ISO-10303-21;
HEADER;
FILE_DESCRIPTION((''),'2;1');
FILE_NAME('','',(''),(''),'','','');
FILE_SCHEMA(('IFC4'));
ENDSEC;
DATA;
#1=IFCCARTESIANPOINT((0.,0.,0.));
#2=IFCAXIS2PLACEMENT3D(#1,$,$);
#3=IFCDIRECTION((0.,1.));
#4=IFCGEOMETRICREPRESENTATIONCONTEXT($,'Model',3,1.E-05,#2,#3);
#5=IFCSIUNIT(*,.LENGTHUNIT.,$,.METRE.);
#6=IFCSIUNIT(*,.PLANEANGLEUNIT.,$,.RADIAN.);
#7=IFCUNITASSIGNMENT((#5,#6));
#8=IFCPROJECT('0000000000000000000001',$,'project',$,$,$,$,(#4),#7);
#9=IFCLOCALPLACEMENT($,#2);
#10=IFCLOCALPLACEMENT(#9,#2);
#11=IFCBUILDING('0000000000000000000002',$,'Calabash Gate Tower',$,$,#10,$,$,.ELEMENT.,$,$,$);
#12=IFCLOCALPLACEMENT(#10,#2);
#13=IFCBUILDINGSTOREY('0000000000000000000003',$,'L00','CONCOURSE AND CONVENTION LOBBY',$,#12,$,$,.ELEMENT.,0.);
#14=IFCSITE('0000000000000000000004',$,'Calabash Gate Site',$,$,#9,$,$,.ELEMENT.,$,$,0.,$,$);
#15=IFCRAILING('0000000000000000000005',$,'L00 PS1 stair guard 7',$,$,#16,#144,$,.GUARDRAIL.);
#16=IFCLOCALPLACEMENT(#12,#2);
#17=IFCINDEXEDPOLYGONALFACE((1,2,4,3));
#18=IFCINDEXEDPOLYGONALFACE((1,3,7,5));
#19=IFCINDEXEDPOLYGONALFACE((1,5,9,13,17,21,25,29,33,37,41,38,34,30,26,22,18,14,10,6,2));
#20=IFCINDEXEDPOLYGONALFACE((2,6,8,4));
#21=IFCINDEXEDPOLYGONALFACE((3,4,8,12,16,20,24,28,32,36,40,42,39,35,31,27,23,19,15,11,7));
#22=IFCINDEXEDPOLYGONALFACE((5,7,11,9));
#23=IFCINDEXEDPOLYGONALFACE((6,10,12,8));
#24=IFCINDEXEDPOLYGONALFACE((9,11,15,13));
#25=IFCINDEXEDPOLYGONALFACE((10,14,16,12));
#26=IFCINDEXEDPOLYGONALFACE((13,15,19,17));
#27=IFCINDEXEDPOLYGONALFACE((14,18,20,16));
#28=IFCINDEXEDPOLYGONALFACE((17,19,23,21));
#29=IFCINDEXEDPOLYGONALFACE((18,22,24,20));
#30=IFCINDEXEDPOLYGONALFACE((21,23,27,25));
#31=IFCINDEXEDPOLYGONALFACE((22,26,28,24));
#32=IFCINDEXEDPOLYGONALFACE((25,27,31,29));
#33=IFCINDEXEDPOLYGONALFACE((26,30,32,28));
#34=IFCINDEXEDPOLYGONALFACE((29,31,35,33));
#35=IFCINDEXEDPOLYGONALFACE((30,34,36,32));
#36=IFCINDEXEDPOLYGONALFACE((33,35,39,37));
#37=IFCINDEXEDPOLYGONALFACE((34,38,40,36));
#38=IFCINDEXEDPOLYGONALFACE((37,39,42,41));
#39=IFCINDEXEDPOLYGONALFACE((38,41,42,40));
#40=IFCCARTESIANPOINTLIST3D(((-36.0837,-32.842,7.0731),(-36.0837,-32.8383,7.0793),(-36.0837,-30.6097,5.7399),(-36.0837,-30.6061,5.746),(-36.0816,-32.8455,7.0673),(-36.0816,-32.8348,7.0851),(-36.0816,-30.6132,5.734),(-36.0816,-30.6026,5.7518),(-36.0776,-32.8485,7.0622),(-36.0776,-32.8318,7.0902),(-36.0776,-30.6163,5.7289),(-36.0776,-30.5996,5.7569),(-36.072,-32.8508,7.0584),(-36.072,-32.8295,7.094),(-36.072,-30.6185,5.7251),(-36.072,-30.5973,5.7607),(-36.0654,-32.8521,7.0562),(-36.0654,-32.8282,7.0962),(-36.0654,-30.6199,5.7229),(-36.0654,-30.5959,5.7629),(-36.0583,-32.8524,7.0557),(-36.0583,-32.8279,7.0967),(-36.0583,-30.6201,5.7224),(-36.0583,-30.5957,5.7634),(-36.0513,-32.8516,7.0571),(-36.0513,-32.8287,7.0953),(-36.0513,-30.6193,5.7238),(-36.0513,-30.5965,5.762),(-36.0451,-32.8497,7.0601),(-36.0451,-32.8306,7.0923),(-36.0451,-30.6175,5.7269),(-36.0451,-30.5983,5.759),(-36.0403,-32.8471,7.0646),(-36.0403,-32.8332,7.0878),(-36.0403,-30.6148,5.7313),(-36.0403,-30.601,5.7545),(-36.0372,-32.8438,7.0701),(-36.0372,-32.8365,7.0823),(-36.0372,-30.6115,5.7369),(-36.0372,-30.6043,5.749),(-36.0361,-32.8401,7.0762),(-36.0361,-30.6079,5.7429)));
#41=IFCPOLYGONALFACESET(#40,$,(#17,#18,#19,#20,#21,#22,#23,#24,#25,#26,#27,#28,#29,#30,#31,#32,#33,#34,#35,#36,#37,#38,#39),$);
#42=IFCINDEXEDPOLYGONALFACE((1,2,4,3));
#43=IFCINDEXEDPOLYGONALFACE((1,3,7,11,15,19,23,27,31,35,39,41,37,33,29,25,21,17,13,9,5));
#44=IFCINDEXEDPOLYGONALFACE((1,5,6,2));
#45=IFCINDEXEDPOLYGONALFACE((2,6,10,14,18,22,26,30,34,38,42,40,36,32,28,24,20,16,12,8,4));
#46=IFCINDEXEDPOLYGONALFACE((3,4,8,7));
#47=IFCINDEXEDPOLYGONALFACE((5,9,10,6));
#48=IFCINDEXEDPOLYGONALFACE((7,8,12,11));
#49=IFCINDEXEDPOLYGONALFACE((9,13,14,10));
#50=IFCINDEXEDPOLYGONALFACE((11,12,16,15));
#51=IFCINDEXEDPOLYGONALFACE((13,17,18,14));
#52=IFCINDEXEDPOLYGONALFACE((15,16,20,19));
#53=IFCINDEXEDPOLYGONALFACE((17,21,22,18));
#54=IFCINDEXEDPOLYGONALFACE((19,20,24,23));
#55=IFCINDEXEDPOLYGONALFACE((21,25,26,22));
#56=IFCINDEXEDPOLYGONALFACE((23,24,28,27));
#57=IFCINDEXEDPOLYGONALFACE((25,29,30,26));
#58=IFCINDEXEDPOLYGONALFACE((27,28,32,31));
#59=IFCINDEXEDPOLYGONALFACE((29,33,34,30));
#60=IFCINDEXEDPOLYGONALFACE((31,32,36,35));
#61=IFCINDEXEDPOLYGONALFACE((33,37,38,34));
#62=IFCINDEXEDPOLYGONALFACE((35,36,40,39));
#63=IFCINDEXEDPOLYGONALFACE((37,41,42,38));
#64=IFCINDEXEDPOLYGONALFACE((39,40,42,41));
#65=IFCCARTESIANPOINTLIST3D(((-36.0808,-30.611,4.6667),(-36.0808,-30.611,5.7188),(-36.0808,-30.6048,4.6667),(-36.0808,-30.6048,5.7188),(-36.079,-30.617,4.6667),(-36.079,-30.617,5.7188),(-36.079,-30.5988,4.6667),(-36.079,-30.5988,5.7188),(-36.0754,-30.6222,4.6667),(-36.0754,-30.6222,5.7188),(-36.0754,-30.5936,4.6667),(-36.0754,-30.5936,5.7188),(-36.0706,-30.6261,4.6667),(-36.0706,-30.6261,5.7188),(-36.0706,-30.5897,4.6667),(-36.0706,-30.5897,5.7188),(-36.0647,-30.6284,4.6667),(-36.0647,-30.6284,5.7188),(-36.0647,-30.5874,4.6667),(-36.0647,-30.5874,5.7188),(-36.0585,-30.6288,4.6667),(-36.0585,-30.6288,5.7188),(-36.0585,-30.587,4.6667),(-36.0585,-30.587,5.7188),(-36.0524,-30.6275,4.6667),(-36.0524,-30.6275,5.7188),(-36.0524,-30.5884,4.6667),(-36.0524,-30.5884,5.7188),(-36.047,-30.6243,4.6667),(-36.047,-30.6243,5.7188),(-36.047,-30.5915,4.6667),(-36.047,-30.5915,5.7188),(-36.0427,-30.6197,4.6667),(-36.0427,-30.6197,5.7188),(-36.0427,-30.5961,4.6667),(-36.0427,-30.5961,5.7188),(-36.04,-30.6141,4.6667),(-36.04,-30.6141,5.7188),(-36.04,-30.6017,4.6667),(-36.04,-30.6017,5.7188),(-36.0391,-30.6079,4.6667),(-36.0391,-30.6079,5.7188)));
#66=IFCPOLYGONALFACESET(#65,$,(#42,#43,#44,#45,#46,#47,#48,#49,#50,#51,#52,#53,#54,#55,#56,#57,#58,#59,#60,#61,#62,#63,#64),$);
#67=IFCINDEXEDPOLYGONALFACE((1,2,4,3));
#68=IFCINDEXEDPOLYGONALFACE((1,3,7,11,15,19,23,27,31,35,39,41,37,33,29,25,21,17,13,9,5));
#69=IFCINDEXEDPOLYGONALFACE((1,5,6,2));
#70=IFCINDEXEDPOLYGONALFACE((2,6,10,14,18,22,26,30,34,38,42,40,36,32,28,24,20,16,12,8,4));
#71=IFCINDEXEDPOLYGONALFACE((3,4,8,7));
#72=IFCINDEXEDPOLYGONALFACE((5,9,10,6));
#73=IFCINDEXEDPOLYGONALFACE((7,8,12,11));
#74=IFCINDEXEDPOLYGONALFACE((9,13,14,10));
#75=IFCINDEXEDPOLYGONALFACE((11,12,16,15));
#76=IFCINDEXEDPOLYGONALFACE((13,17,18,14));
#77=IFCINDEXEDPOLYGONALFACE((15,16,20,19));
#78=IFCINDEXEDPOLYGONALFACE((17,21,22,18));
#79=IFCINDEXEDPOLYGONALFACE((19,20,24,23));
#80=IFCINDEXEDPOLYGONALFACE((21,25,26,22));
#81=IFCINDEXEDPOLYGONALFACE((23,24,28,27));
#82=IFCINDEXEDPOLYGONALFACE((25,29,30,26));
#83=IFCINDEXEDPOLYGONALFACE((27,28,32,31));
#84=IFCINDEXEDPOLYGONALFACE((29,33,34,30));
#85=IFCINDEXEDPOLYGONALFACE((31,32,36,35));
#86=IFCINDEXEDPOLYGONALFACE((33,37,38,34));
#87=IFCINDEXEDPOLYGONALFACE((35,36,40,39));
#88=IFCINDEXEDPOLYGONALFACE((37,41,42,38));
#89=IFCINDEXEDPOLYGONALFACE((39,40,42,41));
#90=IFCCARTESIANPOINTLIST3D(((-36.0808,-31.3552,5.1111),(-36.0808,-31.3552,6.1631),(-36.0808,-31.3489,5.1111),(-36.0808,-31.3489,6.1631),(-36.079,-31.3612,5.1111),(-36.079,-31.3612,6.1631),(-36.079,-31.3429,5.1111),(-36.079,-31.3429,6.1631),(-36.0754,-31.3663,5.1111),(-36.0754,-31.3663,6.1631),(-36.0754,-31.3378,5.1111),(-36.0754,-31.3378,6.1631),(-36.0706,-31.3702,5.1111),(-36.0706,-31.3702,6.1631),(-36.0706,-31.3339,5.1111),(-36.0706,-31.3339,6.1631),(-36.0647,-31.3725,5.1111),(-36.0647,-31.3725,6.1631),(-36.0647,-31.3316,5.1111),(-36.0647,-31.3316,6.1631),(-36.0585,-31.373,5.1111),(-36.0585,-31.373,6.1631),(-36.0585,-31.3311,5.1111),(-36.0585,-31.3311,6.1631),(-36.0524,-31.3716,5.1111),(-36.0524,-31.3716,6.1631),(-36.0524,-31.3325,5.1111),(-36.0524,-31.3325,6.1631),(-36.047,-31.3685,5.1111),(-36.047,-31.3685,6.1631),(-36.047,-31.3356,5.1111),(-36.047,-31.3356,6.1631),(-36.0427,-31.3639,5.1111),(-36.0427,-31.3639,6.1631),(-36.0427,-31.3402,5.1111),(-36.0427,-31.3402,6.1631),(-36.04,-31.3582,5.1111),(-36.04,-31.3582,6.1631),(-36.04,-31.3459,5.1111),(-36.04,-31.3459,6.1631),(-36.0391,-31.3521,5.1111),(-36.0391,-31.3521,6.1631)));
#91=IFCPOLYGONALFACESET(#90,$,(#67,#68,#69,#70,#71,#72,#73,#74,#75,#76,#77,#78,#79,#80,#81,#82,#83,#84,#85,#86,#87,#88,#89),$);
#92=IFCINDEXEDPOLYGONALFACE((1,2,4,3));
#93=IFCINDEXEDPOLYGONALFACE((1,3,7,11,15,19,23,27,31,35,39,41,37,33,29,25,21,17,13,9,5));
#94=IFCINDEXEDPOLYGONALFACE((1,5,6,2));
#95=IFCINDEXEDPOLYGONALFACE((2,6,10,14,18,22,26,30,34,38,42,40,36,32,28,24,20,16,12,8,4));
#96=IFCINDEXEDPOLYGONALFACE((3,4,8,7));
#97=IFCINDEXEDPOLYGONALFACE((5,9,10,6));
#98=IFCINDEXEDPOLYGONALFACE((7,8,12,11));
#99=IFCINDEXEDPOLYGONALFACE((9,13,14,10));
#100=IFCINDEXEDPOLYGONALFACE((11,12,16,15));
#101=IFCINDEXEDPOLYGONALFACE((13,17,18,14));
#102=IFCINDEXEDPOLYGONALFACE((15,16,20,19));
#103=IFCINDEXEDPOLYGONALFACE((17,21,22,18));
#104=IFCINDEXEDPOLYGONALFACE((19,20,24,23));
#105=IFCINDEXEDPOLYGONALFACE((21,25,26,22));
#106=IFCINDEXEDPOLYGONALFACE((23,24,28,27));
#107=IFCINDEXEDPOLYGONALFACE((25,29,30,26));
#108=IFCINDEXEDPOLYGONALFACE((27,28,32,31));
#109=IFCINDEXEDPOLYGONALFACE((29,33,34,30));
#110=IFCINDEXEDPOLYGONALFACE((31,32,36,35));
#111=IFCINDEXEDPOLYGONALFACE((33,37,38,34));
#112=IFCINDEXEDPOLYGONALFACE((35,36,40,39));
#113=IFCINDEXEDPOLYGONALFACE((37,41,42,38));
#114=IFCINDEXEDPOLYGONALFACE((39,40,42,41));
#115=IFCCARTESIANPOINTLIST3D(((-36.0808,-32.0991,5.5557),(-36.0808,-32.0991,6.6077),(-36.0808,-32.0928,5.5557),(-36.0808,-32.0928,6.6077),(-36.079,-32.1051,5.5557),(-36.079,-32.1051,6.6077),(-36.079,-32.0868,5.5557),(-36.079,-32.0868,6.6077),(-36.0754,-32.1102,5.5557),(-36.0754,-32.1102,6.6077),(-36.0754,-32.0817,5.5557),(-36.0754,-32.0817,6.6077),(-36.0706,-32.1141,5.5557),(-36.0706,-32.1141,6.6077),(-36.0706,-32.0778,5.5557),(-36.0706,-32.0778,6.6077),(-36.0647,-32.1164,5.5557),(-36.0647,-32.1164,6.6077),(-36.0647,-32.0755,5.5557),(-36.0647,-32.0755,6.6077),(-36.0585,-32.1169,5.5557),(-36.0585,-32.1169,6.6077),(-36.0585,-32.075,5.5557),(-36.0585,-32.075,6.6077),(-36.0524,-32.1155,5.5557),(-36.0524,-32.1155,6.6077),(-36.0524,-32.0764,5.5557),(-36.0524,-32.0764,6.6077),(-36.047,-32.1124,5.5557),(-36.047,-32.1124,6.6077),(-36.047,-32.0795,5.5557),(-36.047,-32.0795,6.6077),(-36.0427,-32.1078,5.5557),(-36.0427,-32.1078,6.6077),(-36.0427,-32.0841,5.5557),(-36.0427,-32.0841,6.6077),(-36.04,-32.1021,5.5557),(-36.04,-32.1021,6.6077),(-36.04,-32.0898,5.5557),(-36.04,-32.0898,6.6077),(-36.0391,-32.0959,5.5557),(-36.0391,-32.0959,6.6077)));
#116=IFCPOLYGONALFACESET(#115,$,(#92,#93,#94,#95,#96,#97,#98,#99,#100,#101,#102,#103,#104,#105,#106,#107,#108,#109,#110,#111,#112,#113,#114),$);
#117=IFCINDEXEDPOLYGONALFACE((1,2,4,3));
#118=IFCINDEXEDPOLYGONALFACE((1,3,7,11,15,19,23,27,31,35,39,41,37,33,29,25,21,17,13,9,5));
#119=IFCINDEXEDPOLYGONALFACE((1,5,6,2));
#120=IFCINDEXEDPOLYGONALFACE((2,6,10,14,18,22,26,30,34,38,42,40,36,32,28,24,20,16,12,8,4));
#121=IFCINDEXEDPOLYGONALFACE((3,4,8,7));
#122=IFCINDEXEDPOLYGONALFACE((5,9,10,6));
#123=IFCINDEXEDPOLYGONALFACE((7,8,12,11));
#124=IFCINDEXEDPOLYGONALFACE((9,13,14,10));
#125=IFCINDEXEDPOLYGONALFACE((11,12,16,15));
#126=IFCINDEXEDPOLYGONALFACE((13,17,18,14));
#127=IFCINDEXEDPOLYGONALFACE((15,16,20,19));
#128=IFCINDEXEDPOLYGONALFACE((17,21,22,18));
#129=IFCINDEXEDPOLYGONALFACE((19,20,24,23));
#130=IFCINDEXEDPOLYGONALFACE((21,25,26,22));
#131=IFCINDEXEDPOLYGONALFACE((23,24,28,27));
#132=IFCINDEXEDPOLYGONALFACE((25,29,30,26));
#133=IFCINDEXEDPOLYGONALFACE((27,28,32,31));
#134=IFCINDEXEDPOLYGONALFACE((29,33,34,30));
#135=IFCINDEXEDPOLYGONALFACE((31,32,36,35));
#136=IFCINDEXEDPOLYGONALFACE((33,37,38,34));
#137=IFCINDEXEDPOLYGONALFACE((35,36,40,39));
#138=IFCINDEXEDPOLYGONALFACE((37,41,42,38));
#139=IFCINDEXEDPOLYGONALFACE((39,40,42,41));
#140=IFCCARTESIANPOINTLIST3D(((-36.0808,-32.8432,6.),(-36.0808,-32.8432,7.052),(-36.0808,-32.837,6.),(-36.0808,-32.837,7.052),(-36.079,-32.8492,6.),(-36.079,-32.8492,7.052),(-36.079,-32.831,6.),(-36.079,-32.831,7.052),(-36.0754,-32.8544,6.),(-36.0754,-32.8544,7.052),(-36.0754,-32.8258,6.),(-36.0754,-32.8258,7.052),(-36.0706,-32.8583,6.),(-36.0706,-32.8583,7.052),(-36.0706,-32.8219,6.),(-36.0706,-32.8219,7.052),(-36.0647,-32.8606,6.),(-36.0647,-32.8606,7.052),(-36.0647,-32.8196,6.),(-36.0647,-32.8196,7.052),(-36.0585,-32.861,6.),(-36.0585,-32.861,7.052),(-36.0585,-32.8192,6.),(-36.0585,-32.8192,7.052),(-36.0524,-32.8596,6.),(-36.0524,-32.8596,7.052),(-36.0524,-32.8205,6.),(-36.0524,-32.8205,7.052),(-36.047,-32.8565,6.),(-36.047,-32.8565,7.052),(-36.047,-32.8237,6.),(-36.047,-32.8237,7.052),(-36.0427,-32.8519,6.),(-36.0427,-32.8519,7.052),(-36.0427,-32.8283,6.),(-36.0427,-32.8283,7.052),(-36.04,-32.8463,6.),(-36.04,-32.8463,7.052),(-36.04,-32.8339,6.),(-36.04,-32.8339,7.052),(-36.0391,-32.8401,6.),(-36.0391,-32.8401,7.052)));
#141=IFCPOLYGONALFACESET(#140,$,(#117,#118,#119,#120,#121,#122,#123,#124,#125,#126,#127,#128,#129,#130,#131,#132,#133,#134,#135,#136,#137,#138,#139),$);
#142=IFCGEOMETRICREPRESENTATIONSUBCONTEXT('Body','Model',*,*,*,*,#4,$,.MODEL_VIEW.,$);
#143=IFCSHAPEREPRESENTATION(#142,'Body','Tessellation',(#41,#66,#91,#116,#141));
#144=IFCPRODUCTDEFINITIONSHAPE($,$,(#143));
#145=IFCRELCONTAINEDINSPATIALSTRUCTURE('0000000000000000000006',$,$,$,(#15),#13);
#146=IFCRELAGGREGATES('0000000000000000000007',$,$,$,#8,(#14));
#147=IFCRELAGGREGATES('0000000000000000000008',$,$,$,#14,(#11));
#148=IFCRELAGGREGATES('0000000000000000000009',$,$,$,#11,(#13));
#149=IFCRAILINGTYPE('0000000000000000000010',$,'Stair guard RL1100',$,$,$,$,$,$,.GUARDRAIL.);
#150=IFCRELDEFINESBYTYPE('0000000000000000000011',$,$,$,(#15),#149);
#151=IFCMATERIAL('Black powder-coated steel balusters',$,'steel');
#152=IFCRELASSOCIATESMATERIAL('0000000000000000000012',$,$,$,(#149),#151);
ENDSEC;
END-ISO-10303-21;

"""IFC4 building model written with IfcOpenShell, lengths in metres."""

from ifc_helpers import new_model, si_unit, direction, frame, origin, origin_2d, place, context, subcontext, project, spatial, circle, extrude, material, type_object, element, save


model = new_model("IFC4")

# Units and contexts
model_context = context("Model", 3, precision=1e-05, world=origin(), true_north=direction((0.0, 1.0)))
body_context = subcontext(model_context, "Body", "Model", "MODEL_VIEW")
ifc_project = project(units=[si_unit("LENGTHUNIT", "METRE"), si_unit("PLANEANGLEUNIT", "RADIAN")], contexts=[model_context])

# Site, building, storey
site_placement = place(None, origin())
site = spatial("IfcSite", under=ifc_project, at=site_placement, Name="Calabash Gate Site", CompositionType="ELEMENT", RefElevation=0.0)
building_placement = place(site_placement, origin())
building = spatial("IfcBuilding", under=site, at=building_placement, Name="Calabash Gate Tower", CompositionType="ELEMENT")
storey_placement = place(building_placement, origin())
storey = spatial("IfcBuildingStorey", under=building, at=storey_placement, Name="L00", Description="CONCOURSE AND CONVENTION LOBBY", CompositionType="ELEMENT", Elevation=0.0)

# Railing
ifc_material_1 = material(Name="Black powder-coated steel balusters", Category="steel")
railing_type_1 = type_object("IfcRailingType", Name="Stair guard RL1100", PredefinedType="GUARDRAIL", material=ifc_material_1)
railing_1_placement = place(storey_placement, frame((-36.0601, -30.6079, 4.6667)))
element("IfcRailing", 1, at=railing_1_placement, inside=storey, type_object=railing_type_1, Name="L00 PS1 stair guard 7", PredefinedType="GUARDRAIL", context=body_context, shape_type="SweptSolid", body=[
    extrude(circle(Radius=0.0239, at=origin_2d()), frame((0.0, 0.0, 1.0762), z_axis=(0.0, -0.858519, 0.512782), x_axis=(1.0, 0.0, 0.0)), (0.0, 0.0, 1.0), 2.6001),
    extrude(circle(Radius=0.021, at=origin_2d()), origin(), (0.0, 0.0, 1.0), 1.052),
    extrude(circle(Radius=0.021, at=origin_2d()), frame((0.0, -0.7441, 0.4443)), (0.0, 0.0, 1.0), 1.052),
    extrude(circle(Radius=0.021, at=origin_2d()), frame((0.0, -1.488, 0.8889)), (0.0, 0.0, 1.0), 1.052),
    extrude(circle(Radius=0.021, at=origin_2d()), frame((0.0, -2.2322, 1.3333)), (0.0, 0.0, 1.0), 1.052),
])

save(model, "model.ifc")
